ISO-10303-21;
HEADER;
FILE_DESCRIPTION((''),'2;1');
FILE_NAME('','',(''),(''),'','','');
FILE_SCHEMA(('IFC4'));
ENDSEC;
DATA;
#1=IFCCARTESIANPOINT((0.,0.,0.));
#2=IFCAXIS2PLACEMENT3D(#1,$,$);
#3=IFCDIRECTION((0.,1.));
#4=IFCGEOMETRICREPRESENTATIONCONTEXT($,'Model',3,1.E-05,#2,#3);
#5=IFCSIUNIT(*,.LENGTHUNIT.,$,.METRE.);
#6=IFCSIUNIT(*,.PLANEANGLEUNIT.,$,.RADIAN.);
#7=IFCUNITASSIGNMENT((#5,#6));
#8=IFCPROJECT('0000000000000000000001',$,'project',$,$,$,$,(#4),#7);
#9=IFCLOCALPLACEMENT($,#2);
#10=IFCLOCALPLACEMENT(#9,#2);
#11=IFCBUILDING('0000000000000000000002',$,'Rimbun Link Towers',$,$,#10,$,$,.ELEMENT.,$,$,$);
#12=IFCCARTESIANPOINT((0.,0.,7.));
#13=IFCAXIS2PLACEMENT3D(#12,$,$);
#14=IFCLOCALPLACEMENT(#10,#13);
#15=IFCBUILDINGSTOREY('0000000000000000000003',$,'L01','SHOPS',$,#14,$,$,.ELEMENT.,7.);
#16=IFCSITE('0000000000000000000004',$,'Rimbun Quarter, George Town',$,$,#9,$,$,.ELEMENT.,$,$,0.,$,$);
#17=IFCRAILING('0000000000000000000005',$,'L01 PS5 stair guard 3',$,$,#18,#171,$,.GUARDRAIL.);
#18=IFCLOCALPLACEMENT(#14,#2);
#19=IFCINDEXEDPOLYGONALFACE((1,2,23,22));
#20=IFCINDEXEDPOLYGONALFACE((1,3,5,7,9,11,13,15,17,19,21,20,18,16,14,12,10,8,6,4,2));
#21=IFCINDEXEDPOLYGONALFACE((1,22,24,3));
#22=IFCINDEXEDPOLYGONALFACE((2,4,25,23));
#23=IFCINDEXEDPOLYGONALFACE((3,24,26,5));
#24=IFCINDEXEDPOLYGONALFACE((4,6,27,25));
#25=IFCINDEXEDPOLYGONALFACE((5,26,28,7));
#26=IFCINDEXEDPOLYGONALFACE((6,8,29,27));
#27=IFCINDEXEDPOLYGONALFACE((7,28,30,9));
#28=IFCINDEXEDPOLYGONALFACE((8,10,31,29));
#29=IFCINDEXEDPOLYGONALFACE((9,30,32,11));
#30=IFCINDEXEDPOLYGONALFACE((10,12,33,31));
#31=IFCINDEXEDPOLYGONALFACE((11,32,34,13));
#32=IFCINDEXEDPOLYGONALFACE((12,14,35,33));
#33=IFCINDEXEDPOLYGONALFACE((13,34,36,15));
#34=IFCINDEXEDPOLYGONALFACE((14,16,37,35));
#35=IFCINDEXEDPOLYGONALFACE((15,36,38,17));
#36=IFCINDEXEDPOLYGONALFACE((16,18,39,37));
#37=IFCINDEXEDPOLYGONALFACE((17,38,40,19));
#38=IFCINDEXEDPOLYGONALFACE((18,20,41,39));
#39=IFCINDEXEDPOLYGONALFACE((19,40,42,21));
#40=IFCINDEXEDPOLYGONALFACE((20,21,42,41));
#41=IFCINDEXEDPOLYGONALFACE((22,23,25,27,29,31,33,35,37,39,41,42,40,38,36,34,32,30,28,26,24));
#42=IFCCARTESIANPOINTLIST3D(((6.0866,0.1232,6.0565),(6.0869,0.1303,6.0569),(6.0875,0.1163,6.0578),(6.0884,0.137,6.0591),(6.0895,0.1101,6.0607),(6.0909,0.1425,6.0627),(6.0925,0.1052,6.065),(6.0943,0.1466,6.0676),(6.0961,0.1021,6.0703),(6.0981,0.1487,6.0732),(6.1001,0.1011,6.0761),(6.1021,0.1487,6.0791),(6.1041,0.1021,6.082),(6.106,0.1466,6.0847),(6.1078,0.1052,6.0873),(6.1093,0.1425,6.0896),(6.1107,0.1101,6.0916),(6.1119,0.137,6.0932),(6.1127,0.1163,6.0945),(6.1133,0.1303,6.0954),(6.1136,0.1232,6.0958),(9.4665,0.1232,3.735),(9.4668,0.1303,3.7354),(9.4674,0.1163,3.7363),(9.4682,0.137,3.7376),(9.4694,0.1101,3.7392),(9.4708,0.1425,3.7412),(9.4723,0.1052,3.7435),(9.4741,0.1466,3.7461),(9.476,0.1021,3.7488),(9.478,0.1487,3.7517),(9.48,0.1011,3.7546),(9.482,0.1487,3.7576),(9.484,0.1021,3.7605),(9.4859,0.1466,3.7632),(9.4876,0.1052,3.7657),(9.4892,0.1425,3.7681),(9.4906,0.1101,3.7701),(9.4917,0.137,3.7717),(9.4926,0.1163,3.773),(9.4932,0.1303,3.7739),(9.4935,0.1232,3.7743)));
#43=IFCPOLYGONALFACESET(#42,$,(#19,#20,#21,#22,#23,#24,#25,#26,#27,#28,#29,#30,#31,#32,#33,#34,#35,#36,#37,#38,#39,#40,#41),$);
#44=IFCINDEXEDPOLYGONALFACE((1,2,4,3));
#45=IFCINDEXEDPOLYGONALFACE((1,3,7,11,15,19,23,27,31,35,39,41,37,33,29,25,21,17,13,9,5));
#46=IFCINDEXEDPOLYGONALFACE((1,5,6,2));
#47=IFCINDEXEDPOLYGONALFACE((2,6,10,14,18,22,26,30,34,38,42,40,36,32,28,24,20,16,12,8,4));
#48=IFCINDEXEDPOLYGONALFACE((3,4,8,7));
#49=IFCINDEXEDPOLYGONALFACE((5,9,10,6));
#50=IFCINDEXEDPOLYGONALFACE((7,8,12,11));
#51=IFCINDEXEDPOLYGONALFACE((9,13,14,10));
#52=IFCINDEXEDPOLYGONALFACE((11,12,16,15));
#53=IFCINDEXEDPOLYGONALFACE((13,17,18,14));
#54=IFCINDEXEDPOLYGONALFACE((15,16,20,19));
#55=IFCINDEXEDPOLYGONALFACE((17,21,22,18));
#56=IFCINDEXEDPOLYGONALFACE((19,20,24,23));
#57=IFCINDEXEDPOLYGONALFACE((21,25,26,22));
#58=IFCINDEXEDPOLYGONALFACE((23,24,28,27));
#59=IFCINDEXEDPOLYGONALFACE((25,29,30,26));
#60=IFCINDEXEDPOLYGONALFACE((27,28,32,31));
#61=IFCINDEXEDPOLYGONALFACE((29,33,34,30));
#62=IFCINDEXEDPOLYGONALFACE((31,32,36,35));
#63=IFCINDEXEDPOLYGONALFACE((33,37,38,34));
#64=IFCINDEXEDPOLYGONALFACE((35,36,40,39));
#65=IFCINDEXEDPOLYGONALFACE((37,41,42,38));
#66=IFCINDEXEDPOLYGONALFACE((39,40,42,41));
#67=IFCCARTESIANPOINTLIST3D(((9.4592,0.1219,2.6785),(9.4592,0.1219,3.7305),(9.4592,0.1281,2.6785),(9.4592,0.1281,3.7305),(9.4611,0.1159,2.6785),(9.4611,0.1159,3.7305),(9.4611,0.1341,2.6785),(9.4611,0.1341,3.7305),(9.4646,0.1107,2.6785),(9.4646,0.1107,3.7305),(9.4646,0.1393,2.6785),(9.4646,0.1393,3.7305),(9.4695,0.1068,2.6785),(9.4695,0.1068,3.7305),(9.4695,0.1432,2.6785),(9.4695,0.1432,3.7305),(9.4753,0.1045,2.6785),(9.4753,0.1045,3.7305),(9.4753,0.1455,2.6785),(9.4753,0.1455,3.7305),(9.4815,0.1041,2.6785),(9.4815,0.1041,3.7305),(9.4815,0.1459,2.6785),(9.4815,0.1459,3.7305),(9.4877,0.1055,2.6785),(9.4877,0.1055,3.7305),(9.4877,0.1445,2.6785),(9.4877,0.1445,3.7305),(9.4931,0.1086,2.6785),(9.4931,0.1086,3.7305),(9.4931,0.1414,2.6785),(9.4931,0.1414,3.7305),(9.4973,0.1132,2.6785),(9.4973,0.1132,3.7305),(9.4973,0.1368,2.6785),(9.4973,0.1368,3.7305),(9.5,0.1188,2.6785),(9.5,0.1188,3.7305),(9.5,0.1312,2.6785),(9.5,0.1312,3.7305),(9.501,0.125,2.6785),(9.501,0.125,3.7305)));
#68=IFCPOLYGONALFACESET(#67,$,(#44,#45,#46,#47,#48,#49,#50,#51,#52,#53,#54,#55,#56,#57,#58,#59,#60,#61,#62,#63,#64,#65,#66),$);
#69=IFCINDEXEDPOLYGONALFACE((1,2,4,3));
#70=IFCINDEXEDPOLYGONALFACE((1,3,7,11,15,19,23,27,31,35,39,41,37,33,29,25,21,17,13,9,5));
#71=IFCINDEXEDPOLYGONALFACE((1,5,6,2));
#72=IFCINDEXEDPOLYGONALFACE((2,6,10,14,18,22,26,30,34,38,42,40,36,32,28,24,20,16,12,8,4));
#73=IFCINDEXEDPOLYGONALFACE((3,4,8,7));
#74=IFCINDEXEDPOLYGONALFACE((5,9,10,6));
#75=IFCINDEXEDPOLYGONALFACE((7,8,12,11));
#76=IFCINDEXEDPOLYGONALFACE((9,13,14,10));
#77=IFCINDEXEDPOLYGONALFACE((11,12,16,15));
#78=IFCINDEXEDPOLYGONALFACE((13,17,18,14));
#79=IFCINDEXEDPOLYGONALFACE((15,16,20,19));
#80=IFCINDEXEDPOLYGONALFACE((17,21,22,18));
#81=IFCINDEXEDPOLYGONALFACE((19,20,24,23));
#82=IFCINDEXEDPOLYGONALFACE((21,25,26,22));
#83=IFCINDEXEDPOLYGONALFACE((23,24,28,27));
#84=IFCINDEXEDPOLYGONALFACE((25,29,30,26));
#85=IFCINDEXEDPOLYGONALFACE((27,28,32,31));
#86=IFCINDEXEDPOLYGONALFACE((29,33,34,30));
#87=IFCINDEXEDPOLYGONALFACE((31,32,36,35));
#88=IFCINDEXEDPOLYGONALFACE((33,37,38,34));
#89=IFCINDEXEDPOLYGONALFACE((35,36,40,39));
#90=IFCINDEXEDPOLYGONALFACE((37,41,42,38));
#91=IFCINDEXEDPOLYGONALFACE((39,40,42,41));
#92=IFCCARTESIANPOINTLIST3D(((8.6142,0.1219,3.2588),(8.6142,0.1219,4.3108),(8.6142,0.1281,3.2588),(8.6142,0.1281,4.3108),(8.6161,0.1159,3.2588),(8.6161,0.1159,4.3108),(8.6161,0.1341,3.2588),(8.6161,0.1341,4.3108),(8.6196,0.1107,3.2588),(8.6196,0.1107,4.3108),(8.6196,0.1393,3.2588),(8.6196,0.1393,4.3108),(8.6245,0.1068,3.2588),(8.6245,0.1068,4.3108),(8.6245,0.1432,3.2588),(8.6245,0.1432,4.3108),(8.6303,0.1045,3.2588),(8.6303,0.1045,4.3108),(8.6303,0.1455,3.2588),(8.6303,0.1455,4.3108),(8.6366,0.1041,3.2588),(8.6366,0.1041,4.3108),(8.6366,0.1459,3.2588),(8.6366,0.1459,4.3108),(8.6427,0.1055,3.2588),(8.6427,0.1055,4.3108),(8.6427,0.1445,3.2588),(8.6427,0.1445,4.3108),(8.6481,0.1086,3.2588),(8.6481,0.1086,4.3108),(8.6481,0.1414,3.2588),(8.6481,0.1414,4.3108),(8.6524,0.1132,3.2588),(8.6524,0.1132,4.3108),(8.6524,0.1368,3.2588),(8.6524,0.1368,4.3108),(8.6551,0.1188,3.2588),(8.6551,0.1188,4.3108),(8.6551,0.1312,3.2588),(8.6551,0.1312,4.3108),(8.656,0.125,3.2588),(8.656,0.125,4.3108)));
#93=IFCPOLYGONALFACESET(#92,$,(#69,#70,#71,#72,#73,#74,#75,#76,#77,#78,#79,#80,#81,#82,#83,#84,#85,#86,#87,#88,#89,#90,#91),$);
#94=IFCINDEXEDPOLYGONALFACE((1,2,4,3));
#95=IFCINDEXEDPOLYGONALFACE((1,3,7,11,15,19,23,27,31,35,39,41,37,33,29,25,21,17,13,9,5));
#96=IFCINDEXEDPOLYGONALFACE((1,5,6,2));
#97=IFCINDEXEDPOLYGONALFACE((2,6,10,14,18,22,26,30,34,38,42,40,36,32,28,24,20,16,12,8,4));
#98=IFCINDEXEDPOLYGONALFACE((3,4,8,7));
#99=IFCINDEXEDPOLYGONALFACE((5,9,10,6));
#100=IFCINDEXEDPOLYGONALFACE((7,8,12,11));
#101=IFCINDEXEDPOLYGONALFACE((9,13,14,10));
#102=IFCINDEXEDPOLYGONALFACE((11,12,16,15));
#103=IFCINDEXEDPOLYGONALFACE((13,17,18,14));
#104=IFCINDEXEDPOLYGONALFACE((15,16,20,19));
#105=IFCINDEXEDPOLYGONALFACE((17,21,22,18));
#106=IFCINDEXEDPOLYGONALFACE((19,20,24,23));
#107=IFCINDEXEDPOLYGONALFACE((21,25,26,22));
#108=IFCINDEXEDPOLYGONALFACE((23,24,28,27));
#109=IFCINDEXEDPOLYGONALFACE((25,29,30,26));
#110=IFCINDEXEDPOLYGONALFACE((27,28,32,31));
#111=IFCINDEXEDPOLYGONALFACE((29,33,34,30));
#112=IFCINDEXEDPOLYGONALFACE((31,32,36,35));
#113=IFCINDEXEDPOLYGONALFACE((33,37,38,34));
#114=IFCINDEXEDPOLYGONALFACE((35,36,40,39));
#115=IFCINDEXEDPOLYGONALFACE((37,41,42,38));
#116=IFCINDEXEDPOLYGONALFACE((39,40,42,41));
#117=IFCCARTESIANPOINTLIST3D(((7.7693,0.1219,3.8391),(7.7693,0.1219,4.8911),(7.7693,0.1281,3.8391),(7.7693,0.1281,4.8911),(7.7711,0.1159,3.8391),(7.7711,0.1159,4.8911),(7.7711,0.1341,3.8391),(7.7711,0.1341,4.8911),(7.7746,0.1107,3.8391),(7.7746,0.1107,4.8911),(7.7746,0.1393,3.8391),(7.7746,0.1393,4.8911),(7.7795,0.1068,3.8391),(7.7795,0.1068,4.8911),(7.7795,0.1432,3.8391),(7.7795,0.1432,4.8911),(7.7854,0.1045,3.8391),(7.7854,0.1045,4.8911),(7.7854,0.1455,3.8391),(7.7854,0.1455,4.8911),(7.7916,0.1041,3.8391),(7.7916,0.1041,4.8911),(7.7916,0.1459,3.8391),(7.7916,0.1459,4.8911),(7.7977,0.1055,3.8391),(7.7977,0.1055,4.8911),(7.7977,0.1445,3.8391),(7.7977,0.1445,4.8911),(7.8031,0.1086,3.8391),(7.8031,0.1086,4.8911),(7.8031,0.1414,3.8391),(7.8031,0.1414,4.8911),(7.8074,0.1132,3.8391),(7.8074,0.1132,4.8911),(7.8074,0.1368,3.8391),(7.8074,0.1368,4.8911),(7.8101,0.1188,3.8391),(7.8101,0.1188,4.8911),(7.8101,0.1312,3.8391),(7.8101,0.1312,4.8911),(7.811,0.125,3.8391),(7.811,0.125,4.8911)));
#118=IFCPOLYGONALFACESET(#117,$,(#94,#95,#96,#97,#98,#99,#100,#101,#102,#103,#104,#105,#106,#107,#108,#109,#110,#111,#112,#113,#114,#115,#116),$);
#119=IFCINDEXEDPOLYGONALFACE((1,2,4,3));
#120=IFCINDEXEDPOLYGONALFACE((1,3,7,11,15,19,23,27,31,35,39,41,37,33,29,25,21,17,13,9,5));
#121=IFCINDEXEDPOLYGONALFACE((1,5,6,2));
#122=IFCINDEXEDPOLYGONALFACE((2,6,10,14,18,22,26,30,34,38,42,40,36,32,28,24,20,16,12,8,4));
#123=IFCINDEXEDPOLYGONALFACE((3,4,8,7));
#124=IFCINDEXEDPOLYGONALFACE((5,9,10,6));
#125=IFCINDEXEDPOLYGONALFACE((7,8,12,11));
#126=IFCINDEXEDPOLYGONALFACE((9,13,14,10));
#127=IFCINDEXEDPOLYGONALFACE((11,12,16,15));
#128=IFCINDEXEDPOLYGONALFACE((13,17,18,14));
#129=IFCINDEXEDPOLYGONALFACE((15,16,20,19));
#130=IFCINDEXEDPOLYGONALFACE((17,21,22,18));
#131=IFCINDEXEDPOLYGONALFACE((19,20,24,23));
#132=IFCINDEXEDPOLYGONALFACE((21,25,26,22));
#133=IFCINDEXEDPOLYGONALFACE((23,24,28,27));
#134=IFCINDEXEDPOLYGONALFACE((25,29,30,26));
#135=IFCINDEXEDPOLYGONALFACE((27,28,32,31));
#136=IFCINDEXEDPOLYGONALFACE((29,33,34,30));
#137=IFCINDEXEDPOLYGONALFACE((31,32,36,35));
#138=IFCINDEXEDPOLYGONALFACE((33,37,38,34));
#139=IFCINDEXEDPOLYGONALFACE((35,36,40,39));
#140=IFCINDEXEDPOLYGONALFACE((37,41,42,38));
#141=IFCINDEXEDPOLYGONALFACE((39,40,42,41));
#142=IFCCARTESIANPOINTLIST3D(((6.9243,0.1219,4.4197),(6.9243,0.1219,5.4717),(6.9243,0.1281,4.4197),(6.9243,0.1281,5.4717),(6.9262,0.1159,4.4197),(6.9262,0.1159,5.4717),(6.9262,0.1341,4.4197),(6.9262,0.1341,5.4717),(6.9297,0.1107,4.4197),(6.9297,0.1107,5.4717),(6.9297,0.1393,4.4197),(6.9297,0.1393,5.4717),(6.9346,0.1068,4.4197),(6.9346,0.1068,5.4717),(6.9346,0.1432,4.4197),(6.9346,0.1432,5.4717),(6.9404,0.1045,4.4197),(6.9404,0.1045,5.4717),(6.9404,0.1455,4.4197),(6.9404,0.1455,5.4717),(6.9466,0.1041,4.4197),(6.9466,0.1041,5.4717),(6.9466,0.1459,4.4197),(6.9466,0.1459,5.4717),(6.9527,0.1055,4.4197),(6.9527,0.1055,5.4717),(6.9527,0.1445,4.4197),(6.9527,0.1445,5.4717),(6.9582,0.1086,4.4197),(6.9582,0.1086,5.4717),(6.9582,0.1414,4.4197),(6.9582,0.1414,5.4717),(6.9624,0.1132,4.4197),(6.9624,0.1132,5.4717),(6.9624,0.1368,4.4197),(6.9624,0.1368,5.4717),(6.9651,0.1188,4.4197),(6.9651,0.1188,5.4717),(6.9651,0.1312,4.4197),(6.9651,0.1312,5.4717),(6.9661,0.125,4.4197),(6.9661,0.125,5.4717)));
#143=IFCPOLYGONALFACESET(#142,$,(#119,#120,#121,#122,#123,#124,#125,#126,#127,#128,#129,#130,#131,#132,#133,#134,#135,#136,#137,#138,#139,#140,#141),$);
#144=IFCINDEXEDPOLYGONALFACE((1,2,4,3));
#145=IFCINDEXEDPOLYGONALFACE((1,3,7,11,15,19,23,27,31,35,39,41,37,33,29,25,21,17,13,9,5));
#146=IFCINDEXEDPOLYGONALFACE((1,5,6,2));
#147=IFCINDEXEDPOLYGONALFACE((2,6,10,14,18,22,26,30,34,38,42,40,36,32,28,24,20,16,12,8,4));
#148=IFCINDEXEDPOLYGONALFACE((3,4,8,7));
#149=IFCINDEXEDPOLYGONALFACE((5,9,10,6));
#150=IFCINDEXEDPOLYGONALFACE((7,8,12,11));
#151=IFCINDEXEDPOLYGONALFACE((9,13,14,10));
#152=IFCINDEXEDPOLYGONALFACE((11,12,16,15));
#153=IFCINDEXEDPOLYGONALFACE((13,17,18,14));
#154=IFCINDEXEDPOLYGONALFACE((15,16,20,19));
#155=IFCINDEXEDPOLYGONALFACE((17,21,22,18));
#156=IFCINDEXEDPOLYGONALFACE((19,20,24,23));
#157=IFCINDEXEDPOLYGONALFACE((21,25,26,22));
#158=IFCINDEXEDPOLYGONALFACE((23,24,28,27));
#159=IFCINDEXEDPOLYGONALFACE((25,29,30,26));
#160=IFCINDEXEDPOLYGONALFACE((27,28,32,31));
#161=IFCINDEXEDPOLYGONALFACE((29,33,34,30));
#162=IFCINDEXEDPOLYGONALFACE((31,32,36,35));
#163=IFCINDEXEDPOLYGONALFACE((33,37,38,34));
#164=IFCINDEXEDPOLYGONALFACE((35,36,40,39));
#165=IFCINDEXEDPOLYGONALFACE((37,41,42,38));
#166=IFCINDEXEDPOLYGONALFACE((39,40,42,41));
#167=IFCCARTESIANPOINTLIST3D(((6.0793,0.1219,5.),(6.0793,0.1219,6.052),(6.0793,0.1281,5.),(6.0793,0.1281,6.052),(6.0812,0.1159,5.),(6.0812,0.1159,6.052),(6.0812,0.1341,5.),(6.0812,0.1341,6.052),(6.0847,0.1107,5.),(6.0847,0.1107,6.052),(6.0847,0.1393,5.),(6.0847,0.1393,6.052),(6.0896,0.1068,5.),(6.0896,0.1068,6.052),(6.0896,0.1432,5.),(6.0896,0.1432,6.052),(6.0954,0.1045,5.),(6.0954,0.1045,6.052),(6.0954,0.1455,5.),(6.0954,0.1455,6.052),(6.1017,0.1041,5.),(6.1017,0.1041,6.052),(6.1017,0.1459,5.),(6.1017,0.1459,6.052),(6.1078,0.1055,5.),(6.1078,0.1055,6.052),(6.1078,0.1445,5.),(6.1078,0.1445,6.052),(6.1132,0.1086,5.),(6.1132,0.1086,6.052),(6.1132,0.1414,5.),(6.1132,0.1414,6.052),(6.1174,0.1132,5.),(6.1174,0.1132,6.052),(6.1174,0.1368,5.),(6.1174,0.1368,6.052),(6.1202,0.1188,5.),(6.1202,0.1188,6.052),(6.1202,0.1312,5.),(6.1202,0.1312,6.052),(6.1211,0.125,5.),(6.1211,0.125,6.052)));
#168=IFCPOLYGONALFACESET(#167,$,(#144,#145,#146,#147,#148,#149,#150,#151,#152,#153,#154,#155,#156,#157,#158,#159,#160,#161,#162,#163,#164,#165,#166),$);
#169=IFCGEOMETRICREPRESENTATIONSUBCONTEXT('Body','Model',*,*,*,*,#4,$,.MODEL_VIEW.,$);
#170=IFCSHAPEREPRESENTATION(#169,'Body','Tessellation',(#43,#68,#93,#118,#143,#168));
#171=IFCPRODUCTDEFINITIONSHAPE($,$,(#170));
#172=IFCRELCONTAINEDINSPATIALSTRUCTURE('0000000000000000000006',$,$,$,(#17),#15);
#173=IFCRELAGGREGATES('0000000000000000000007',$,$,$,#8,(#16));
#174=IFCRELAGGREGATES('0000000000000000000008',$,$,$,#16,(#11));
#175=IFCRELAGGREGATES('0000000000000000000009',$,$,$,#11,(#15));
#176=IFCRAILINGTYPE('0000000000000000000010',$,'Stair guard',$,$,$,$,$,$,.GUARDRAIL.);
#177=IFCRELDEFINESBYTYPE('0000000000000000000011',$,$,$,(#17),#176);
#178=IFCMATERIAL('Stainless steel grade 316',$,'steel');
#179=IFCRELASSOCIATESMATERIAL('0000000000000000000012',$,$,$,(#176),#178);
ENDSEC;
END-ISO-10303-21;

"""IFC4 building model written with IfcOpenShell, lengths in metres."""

from ifc_helpers import new_model, si_unit, direction, frame, origin, origin_2d, place, context, subcontext, project, spatial, circle, extrude, material, type_object, element, save


model = new_model("IFC4")

# Units and contexts
model_context = context("Model", 3, precision=1e-05, world=origin(), true_north=direction((0.0, 1.0)))
body_context = subcontext(model_context, "Body", "Model", "MODEL_VIEW")
ifc_project = project(units=[si_unit("LENGTHUNIT", "METRE"), si_unit("PLANEANGLEUNIT", "RADIAN")], contexts=[model_context])

# Site, building, storey
site_placement = place(None, origin())
site = spatial("IfcSite", under=ifc_project, at=site_placement, Name="Rimbun Quarter, George Town", CompositionType="ELEMENT", RefElevation=0.0)
building_placement = place(site_placement, origin())
building = spatial("IfcBuilding", under=site, at=building_placement, Name="Rimbun Link Towers", CompositionType="ELEMENT")
storey_placement = place(building_placement, frame((0.0, 0.0, 7.0)))
storey = spatial("IfcBuildingStorey", under=building, at=storey_placement, Name="L01", Description="SHOPS", CompositionType="ELEMENT", Elevation=7.0)

# Railing
ifc_material_1 = material(Name="Stainless steel grade 316", Category="steel")
railing_type_1 = type_object("IfcRailingType", Name="Stair guard", PredefinedType="GUARDRAIL", material=ifc_material_1)
railing_1_placement = place(storey_placement, frame((9.48, 0.125, 2.6785)))
element("IfcRailing", 1, at=railing_1_placement, inside=storey, type_object=railing_type_1, Name="L01 PS5 stair guard 3", PredefinedType="GUARDRAIL", context=body_context, shape_type="SweptSolid", body=[
    extrude(circle(Radius=0.0239, at=origin_2d()), frame((0.0, 0.0, 1.0762), z_axis=(-0.824285, 0.0, 0.566175), x_axis=(0.0, -1.0, 0.0)), (0.0, 0.0, 1.0), 4.1003),
    extrude(circle(Radius=0.021, at=origin_2d()), origin(), (0.0, 0.0, 1.0), 1.052),
    extrude(circle(Radius=0.021, at=origin_2d()), frame((-0.845, 0.0, 0.5803)), (0.0, 0.0, 1.0), 1.052),
    extrude(circle(Radius=0.021, at=origin_2d()), frame((-1.6899, 0.0, 1.1606)), (0.0, 0.0, 1.0), 1.052),
    extrude(circle(Radius=0.021, at=origin_2d()), frame((-2.5349, 0.0, 1.7412)), (0.0, 0.0, 1.0), 1.052),
    extrude(circle(Radius=0.021, at=origin_2d()), frame((-3.3799, 0.0, 2.3215)), (0.0, 0.0, 1.0), 1.052),
])

save(model, "model.ifc")
